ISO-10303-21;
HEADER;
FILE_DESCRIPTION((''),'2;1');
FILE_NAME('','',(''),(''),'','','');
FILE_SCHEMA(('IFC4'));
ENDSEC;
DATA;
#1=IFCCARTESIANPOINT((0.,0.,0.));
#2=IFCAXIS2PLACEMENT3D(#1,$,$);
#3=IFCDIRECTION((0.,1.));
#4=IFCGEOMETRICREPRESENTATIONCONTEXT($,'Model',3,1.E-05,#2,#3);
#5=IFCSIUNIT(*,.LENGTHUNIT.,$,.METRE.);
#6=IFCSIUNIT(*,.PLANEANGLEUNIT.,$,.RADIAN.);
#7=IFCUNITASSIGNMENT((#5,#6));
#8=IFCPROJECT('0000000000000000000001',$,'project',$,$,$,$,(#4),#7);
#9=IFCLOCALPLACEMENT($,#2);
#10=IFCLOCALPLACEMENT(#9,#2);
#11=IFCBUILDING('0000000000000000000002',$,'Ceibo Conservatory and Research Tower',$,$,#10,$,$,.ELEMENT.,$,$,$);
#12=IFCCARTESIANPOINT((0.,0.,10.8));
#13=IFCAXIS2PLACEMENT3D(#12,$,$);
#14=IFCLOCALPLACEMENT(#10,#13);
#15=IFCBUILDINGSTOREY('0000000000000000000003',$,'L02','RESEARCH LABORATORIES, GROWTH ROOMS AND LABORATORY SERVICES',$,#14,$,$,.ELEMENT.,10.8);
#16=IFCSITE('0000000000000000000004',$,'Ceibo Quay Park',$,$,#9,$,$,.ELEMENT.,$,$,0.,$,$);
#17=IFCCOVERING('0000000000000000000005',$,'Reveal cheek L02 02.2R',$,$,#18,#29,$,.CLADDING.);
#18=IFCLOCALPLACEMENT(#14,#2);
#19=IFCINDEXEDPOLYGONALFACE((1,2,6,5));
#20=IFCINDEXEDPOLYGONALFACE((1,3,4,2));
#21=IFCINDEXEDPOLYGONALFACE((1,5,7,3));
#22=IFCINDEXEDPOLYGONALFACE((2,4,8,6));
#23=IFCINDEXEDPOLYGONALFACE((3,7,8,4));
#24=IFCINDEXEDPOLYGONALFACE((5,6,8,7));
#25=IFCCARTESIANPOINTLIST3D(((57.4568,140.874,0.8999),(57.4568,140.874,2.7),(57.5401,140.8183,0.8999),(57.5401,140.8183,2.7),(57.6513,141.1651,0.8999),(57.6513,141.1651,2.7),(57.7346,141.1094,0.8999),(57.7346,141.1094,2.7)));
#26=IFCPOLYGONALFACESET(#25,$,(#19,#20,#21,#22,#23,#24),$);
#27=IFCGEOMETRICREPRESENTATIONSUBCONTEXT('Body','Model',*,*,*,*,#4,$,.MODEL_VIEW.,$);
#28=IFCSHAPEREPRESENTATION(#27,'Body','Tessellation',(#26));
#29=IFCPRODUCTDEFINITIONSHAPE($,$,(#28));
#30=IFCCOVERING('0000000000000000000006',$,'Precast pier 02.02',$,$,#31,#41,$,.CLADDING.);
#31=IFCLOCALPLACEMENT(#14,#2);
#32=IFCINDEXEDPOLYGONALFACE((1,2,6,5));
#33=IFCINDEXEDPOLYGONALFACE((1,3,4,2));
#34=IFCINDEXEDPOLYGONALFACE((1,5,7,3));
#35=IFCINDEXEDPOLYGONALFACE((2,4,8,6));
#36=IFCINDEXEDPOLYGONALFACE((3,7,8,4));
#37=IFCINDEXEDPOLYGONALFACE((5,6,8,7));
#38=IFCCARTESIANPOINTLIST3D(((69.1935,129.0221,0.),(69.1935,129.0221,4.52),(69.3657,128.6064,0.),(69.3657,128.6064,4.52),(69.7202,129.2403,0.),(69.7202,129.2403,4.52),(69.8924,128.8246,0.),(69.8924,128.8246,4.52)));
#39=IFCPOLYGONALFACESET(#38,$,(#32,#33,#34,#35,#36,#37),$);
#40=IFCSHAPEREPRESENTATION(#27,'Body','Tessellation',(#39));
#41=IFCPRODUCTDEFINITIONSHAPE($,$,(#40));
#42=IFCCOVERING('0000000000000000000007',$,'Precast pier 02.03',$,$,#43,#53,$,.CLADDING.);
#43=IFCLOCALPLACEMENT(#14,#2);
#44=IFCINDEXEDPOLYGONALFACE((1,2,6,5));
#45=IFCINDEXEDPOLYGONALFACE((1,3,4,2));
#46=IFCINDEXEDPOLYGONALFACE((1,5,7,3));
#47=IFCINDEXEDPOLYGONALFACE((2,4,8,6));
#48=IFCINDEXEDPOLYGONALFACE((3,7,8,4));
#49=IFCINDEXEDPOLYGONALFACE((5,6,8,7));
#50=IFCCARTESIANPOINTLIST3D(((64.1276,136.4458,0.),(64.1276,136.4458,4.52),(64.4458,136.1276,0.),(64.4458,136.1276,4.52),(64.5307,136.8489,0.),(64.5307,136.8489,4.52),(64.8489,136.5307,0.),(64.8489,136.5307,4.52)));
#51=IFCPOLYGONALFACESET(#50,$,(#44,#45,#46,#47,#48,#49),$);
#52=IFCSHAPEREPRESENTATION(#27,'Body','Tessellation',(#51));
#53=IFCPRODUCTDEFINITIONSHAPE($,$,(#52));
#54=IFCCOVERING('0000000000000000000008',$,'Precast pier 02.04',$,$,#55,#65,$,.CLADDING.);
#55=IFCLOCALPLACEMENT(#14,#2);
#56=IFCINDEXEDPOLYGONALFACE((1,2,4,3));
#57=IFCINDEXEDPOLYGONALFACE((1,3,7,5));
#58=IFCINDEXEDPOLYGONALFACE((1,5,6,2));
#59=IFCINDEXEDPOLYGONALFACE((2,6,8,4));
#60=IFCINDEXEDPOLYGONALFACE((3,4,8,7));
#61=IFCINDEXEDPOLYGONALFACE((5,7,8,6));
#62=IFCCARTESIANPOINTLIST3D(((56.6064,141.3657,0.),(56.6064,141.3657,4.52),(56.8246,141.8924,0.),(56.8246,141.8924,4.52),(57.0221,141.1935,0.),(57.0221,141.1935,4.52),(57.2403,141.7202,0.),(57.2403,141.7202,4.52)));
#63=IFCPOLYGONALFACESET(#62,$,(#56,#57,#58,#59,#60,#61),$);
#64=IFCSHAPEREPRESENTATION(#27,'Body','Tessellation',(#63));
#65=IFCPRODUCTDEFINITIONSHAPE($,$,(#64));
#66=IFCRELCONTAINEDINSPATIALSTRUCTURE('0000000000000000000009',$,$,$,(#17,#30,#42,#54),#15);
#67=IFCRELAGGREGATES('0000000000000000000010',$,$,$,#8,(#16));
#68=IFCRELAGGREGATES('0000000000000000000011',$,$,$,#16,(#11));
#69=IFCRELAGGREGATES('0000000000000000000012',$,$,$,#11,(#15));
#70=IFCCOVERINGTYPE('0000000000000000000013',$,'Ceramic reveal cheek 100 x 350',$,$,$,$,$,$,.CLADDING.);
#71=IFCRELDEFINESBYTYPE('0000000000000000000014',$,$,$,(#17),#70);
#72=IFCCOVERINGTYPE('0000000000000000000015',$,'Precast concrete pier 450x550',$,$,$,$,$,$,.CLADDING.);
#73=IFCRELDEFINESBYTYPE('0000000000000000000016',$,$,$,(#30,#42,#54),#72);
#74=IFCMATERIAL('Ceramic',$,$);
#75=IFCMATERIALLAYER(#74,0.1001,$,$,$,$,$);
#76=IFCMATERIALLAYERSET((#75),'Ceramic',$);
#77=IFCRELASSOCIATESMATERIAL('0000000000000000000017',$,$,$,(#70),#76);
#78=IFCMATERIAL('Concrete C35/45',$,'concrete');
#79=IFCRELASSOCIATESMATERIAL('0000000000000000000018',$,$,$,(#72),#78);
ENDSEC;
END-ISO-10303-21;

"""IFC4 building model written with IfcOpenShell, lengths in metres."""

from ifc_helpers import new_model, si_unit, direction, frame, origin, origin_2d, place, context, subcontext, project, spatial, rectangle, extrude, material, layer, layer_set, type_object, element, save


model = new_model("IFC4")

# Units and contexts
model_context = context("Model", 3, precision=1e-05, world=origin(), true_north=direction((0.0, 1.0)))
body_context = subcontext(model_context, "Body", "Model", "MODEL_VIEW")
ifc_project = project(units=[si_unit("LENGTHUNIT", "METRE"), si_unit("PLANEANGLEUNIT", "RADIAN")], contexts=[model_context])

# Site, building, storey
site_placement = place(None, origin())
site = spatial("IfcSite", under=ifc_project, at=site_placement, Name="Ceibo Quay Park", CompositionType="ELEMENT", RefElevation=0.0)
building_placement = place(site_placement, origin())
building = spatial("IfcBuilding", under=site, at=building_placement, Name="Ceibo Conservatory and Research Tower", CompositionType="ELEMENT")
storey_placement = place(building_placement, frame((0.0, 0.0, 10.8)))
storey = spatial("IfcBuildingStorey", under=building, at=storey_placement, Name="L02", Description="RESEARCH LABORATORIES, GROWTH ROOMS AND LABORATORY SERVICES", CompositionType="ELEMENT", Elevation=10.8)

# Shared definitions
ifc_material_1 = material(Name="Concrete C35/45", Category="concrete")

# Coverings
ifc_material_2 = material(Name="Ceramic")
ifc_layer_1 = layer(ifc_material_2, 0.1001)
ifc_layer_set_1 = layer_set([ifc_layer_1], Name="Ceramic")
covering_type_1 = type_object("IfcCoveringType", Name="Ceramic reveal cheek 100 x 350", PredefinedType="CLADDING", material=ifc_layer_set_1)
for number, where, z_axis, x_axis, name in (
    (1, (57.5957, 140.9917, 0.8999), (0.0, 0.0, 1.0), (-0.83147, 0.55557, 0.0), "Reveal cheek L02 02.2R"),
):
    element("IfcCovering", number, at=place(storey_placement, frame(where, z_axis=z_axis, x_axis=x_axis)), inside=storey, type_object=covering_type_1, Name=name, PredefinedType="CLADDING", context=body_context, shape_type="SweptSolid", body=[
        extrude(rectangle(XDim=0.1001, YDim=0.3501, at=origin_2d()), origin(), (0.0, 0.0, 1.0), 1.8),
    ])
covering_type_2 = type_object("IfcCoveringType", Name="Precast concrete pier 450x550", PredefinedType="CLADDING", material=ifc_material_1)
for number, where, z_axis, x_axis, name in (
    (2, (69.543, 128.9233, 0.0), (0.0, 0.0, 1.0), (0.92388, 0.382683, 0.0), "Precast pier 02.02"),
    (3, (64.4883, 136.4883, 0.0), (0.0, 0.0, 1.0), (0.707107, 0.707107, 0.0), "Precast pier 02.03"),
    (4, (56.9233, 141.543, 0.0), (0.0, 0.0, 1.0), (0.382683, 0.92388, 0.0), "Precast pier 02.04"),
):
    element("IfcCovering", number, at=place(storey_placement, frame(where, z_axis=z_axis, x_axis=x_axis)), inside=storey, type_object=covering_type_2, Name=name, PredefinedType="CLADDING", context=body_context, shape_type="SweptSolid", body=[
        extrude(rectangle(XDim=0.5701, YDim=0.45, at=origin_2d()), origin(), (0.0, 0.0, 1.0), 4.52),
    ])

save(model, "model.ifc")
